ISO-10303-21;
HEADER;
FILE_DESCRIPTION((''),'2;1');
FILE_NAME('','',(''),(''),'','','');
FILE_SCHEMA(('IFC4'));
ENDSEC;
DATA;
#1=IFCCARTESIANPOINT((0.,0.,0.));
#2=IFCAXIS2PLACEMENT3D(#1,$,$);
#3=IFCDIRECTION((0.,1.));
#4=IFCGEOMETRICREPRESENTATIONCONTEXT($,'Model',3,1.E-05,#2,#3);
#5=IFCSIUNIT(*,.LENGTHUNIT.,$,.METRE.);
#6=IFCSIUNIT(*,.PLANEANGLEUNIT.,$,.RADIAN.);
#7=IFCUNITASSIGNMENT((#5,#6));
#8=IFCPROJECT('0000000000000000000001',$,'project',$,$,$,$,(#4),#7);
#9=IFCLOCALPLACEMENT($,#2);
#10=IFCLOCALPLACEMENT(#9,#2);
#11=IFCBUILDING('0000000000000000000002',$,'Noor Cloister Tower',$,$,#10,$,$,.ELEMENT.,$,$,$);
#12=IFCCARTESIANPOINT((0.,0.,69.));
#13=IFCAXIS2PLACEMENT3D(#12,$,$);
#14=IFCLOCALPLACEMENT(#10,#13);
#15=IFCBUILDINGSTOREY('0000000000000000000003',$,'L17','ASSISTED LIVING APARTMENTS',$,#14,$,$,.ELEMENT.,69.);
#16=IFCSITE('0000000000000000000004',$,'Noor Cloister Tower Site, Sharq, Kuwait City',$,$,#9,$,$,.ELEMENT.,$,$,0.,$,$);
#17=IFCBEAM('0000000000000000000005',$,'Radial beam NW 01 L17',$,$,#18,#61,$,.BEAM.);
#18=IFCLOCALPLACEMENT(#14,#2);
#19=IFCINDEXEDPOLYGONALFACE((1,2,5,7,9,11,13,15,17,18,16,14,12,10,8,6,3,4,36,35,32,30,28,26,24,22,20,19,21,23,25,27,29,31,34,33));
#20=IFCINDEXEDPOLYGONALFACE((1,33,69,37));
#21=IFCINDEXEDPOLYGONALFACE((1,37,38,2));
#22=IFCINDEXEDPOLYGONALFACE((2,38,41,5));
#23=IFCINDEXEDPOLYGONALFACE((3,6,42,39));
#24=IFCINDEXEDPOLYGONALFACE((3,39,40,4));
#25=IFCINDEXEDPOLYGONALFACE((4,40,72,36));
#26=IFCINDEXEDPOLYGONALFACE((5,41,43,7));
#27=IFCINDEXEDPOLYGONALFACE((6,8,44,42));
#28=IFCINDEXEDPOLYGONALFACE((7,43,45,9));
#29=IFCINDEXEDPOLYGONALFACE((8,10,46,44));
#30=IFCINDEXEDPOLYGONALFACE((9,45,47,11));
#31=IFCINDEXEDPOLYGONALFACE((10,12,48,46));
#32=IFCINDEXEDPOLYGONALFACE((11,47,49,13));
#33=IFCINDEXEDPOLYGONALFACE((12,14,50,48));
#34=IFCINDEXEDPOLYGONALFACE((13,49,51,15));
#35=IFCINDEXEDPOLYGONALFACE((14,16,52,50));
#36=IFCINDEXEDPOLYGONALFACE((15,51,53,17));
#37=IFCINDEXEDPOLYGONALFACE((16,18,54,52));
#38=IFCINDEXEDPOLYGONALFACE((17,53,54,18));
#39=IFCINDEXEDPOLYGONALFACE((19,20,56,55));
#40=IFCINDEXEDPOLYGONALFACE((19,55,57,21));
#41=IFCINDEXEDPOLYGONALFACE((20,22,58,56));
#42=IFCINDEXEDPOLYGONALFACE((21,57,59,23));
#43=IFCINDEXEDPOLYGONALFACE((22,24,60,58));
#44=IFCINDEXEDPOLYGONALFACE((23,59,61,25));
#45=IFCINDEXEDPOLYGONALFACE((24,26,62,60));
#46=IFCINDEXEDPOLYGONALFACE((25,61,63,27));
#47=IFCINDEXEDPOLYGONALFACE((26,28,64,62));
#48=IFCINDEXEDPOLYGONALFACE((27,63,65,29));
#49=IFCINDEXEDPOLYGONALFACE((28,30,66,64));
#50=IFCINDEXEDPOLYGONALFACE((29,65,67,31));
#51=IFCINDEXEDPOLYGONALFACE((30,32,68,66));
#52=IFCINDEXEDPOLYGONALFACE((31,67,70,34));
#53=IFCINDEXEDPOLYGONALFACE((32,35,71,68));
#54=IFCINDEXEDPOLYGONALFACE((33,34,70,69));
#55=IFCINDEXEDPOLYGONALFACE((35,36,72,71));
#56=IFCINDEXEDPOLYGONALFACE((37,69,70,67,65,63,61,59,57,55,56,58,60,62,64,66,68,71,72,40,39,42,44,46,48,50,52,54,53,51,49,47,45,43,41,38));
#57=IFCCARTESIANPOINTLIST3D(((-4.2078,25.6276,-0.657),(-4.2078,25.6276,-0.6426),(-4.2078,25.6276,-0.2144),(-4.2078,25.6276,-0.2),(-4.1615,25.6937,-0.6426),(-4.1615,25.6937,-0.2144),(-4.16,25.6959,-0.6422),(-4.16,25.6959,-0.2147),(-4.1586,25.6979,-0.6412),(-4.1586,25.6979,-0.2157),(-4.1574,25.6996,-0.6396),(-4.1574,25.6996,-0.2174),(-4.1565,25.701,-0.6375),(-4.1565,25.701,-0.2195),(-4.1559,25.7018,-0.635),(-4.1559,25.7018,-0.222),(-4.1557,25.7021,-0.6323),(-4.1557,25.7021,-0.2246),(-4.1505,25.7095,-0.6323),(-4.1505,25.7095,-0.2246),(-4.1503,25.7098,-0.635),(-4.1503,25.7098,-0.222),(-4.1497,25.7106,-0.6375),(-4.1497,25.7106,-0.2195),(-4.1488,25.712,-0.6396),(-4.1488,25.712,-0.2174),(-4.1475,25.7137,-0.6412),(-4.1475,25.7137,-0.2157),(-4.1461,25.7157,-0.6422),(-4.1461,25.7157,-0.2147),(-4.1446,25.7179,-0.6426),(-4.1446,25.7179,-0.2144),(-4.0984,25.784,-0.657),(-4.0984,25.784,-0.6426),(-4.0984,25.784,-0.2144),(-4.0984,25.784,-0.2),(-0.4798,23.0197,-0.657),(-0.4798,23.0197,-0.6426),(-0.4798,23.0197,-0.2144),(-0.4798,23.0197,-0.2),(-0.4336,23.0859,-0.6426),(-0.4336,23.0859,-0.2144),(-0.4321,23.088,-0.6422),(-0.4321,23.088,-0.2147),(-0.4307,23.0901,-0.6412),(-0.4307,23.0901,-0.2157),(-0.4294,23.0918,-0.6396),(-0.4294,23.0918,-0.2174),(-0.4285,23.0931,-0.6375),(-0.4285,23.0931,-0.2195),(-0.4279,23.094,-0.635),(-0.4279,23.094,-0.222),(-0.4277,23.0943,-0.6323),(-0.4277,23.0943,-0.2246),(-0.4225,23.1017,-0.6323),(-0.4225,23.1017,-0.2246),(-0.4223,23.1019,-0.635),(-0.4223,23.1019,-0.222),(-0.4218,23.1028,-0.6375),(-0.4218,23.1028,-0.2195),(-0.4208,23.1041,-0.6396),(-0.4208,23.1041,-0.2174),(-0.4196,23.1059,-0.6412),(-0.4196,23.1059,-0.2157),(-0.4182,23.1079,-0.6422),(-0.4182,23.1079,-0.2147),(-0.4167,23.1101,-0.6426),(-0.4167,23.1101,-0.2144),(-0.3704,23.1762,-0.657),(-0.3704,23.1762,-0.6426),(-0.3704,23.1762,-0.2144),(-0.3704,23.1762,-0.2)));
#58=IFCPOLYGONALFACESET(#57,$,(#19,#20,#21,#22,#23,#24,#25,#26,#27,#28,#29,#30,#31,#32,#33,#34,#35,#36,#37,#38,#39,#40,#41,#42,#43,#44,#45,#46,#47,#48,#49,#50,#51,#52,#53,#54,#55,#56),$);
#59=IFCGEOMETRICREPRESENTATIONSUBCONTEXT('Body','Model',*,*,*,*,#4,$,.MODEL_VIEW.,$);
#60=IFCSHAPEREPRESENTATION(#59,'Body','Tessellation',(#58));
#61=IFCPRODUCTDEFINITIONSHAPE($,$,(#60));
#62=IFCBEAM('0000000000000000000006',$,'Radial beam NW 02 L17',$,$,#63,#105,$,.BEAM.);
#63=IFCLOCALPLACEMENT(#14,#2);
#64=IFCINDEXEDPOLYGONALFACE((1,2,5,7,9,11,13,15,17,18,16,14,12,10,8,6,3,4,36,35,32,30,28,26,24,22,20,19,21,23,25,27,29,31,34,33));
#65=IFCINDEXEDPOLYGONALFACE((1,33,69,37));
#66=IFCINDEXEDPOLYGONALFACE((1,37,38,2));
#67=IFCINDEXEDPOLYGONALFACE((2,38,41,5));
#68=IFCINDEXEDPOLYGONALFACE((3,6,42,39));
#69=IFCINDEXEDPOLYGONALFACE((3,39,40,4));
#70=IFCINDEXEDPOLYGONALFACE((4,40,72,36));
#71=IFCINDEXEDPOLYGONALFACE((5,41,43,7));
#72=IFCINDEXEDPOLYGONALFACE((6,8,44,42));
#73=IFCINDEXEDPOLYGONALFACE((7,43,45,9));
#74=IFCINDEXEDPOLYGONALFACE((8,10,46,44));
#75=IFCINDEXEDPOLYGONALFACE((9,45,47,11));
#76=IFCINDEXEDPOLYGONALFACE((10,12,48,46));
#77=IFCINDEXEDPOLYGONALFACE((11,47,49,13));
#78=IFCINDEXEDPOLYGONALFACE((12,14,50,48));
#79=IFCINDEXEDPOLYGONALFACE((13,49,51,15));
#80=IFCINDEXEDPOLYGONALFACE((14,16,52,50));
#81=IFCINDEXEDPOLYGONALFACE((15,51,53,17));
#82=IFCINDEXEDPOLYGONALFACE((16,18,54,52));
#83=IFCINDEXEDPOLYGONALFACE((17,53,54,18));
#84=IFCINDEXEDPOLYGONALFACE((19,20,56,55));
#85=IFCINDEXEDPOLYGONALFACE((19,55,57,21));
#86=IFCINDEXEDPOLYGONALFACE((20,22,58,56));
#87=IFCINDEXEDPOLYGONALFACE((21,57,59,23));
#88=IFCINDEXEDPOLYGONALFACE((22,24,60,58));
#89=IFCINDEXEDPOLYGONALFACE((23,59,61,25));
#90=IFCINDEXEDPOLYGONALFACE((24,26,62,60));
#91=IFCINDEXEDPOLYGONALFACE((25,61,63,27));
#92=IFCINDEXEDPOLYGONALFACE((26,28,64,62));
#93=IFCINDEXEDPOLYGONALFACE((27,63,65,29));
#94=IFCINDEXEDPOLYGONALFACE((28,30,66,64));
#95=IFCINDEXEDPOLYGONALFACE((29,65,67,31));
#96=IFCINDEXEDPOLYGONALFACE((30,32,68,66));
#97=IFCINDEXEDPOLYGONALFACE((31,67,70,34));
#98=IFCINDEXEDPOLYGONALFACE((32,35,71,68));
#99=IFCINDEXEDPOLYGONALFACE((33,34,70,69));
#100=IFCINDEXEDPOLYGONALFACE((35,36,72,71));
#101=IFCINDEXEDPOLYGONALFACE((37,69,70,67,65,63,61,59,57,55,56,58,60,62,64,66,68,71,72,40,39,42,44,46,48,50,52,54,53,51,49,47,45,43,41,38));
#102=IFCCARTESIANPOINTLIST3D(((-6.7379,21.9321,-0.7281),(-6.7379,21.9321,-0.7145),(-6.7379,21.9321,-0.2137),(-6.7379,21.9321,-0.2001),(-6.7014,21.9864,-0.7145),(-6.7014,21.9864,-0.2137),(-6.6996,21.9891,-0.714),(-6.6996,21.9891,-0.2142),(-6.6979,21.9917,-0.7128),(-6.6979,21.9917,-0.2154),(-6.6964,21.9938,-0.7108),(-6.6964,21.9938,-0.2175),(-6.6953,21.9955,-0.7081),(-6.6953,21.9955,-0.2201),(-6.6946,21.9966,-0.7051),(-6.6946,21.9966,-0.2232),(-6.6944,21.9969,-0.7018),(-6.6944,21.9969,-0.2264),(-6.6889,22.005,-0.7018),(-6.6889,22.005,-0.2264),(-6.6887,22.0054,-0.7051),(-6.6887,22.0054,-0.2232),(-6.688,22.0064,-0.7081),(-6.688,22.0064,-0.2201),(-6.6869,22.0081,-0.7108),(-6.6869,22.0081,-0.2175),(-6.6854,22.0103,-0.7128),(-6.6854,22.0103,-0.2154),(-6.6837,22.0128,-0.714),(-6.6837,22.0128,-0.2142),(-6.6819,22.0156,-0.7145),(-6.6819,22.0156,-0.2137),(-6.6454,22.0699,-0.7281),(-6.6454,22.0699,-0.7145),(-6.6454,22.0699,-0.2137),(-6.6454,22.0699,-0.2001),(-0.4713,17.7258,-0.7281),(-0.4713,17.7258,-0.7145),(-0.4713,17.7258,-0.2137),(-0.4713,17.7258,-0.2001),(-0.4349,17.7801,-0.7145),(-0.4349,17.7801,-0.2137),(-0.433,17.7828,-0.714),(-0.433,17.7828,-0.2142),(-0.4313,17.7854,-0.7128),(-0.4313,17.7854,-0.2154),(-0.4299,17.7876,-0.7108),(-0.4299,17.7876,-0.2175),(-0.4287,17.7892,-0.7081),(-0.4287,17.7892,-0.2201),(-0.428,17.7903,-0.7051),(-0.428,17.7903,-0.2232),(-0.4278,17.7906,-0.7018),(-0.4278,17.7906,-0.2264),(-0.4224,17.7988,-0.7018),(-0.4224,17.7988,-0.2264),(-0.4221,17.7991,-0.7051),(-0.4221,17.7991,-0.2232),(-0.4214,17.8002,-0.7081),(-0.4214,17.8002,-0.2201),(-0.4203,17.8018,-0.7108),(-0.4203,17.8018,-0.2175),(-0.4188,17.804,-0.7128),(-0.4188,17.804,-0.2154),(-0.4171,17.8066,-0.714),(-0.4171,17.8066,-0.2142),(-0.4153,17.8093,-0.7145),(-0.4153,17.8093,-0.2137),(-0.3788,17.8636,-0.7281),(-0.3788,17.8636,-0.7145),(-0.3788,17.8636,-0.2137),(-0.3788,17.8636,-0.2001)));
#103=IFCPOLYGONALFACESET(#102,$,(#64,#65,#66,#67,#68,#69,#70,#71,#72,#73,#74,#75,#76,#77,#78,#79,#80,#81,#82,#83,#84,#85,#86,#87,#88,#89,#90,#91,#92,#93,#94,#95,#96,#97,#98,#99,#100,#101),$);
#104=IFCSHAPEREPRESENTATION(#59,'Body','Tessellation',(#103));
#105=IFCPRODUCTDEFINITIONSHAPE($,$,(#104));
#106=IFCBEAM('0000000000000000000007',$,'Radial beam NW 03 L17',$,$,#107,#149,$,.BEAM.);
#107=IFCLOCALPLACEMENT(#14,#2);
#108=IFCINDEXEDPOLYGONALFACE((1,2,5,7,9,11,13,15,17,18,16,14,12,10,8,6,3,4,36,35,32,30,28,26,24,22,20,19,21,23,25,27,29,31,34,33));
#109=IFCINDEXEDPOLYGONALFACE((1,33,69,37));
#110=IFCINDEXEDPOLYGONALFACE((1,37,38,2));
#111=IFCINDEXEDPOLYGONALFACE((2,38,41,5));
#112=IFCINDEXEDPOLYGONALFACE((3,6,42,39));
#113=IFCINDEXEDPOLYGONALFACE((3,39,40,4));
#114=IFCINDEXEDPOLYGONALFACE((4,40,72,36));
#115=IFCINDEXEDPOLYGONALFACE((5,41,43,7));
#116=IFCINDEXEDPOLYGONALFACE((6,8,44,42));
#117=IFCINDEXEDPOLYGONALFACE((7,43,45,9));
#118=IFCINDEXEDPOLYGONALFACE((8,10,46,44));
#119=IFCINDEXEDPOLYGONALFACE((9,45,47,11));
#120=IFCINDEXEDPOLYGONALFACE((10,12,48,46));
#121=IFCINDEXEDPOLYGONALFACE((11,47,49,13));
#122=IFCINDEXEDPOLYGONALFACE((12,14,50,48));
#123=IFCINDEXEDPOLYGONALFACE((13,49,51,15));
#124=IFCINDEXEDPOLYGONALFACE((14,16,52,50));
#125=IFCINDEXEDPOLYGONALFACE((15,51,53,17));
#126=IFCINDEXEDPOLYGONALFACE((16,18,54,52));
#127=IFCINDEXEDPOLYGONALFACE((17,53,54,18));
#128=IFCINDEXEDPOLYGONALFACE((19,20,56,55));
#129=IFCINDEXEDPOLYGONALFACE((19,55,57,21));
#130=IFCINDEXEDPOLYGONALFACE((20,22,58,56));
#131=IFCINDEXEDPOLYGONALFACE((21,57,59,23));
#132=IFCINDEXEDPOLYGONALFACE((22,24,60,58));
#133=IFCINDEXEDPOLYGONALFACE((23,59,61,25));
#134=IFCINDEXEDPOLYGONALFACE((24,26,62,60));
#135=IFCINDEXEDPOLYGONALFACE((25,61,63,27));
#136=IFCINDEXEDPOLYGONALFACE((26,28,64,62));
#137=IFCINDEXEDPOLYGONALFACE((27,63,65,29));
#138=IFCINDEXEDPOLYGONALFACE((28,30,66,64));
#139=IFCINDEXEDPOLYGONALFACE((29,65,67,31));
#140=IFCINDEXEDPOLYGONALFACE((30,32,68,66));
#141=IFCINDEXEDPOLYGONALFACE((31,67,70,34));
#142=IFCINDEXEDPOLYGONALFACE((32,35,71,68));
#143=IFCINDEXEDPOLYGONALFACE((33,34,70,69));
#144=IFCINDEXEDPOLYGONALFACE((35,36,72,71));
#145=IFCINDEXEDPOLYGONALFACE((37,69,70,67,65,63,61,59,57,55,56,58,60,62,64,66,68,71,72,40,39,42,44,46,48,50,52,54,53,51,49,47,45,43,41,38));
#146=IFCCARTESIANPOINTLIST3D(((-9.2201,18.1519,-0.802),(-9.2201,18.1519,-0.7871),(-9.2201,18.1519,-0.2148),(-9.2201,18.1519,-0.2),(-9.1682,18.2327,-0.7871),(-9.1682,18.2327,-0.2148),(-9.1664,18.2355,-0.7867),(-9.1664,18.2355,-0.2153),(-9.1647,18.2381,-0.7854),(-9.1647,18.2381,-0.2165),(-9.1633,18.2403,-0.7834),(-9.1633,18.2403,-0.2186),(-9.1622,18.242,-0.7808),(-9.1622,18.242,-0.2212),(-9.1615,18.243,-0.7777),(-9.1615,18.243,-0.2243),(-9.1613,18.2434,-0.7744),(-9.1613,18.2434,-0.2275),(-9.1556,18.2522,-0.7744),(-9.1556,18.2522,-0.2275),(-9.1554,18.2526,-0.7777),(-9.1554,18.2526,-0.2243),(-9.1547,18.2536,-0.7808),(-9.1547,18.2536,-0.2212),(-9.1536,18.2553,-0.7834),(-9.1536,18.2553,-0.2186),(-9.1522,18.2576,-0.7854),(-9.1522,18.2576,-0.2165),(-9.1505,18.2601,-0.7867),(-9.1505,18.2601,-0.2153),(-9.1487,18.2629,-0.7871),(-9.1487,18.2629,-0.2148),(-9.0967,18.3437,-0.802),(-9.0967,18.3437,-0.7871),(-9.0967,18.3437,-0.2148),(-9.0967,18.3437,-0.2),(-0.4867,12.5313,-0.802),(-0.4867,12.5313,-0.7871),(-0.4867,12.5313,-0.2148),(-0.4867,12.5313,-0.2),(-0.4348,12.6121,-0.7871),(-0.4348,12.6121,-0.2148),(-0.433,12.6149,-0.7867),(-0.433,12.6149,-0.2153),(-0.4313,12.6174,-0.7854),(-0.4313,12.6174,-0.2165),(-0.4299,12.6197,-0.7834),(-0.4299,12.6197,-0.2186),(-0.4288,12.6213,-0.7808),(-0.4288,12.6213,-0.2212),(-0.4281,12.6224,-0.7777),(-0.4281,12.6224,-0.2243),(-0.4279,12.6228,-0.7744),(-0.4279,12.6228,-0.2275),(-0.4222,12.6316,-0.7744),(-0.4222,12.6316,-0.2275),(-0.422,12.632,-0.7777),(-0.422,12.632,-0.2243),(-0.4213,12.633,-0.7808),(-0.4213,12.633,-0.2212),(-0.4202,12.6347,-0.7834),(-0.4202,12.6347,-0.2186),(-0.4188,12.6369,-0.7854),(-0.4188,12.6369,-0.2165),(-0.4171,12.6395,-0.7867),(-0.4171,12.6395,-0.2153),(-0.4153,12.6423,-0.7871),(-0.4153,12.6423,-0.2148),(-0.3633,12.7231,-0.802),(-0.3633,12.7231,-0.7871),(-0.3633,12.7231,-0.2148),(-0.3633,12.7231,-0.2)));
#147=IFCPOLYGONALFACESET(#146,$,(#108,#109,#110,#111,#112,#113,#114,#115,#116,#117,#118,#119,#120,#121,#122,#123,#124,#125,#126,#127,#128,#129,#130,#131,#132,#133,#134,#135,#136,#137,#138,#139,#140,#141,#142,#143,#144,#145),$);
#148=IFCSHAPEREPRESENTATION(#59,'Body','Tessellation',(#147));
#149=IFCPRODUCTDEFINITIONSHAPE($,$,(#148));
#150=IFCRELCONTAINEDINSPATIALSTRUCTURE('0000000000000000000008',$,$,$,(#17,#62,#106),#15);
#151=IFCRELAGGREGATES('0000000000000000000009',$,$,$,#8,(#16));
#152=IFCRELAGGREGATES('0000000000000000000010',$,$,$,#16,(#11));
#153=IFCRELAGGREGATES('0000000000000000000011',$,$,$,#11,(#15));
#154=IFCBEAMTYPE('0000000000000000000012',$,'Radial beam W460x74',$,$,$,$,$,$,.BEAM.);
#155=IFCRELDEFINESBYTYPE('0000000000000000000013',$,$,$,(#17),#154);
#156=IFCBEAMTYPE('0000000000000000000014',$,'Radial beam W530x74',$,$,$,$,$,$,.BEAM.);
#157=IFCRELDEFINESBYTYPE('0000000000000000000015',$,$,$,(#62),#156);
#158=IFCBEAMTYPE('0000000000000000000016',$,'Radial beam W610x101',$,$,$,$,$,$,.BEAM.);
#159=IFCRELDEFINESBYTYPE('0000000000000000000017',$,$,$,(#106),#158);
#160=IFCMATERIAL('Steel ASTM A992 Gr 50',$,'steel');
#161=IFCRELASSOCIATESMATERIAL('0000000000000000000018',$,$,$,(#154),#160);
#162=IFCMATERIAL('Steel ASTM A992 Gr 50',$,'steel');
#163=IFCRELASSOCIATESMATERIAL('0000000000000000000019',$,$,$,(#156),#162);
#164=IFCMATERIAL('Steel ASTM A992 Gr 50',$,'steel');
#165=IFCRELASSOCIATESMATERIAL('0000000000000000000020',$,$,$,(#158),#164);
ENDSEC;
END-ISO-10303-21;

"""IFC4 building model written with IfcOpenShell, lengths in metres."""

from ifc_helpers import new_model, si_unit, direction, frame, origin, origin_2d, place, context, subcontext, project, spatial, i_section, extrude, material, material_profile, profile_set, type_object, element, save


model = new_model("IFC4")

# Units and contexts
model_context = context("Model", 3, precision=1e-05, world=origin(), true_north=direction((0.0, 1.0)))
body_context = subcontext(model_context, "Body", "Model", "MODEL_VIEW")
ifc_project = project(units=[si_unit("LENGTHUNIT", "METRE"), si_unit("PLANEANGLEUNIT", "RADIAN")], contexts=[model_context])

# Site, building, storey
site_placement = place(None, origin())
site = spatial("IfcSite", under=ifc_project, at=site_placement, Name="Noor Cloister Tower Site, Sharq, Kuwait City", CompositionType="ELEMENT", RefElevation=0.0)
building_placement = place(site_placement, origin())
building = spatial("IfcBuilding", under=site, at=building_placement, Name="Noor Cloister Tower", CompositionType="ELEMENT")
storey_placement = place(building_placement, frame((0.0, 0.0, 69.0)))
storey = spatial("IfcBuildingStorey", under=building, at=storey_placement, Name="L17", Description="ASSISTED LIVING APARTMENTS", CompositionType="ELEMENT", Elevation=69.0)

# Beams
ifc_material_1 = material(Name="Steel ASTM A992 Gr 50", Category="steel")
ifc_material_profile_1 = material_profile(ifc_material_1, i_section(OverallWidth=0.1909, OverallDepth=0.457, WebThickness=0.009, FlangeThickness=0.0144, FilletRadius=0.0103, at=origin_2d()), Name="W460x74")
ifc_profile_set_1 = profile_set([ifc_material_profile_1], Name="Steel ASTM A992 Gr 50")
beam_type_1 = type_object("IfcBeamType", Name="Radial beam W460x74", PredefinedType="BEAM", material=ifc_profile_set_1)
beam_1_placement = place(storey_placement, frame((-4.1531, 25.7058, -0.4285), z_axis=(0.819408, -0.57321, 0.0), x_axis=(0.57321, 0.819408, 0.0)))
element("IfcBeam", 1, at=beam_1_placement, inside=storey, type_object=beam_type_1, Name="Radial beam NW 01 L17", PredefinedType="BEAM", context=body_context, shape_type="SweptSolid", body=[
    extrude(i_section(OverallWidth=0.1909, OverallDepth=0.457, WebThickness=0.009, FlangeThickness=0.0144, FilletRadius=0.0103, at=origin_2d()), origin(), (0.0, 0.0, 1.0), 4.5496),
])
ifc_material_2 = material(Name="Steel ASTM A992 Gr 50", Category="steel")
ifc_material_profile_2 = material_profile(ifc_material_2, i_section(OverallWidth=0.166, OverallDepth=0.5281, WebThickness=0.0098, FlangeThickness=0.0137, FilletRadius=0.0127, at=origin_2d()), Name="W530x74")
ifc_profile_set_2 = profile_set([ifc_material_profile_2], Name="Steel ASTM A992 Gr 50")
beam_type_2 = type_object("IfcBeamType", Name="Radial beam W530x74", PredefinedType="BEAM", material=ifc_profile_set_2)
beam_2_placement = place(storey_placement, frame((-6.6917, 22.001, -0.4641), z_axis=(0.830299, -0.557318, 0.0), x_axis=(0.557318, 0.830299, 0.0)))
element("IfcBeam", 2, at=beam_2_placement, inside=storey, type_object=beam_type_2, Name="Radial beam NW 02 L17", PredefinedType="BEAM", context=body_context, shape_type="SweptSolid", body=[
    extrude(i_section(OverallWidth=0.166, OverallDepth=0.5281, WebThickness=0.0098, FlangeThickness=0.0137, FilletRadius=0.0127, at=origin_2d()), origin(), (0.0, 0.0, 1.0), 7.5474),
])
ifc_material_3 = material(Name="Steel ASTM A992 Gr 50", Category="steel")
ifc_material_profile_3 = material_profile(ifc_material_3, i_section(OverallWidth=0.228, OverallDepth=0.6021, WebThickness=0.0105, FlangeThickness=0.0149, FilletRadius=0.0127, at=origin_2d()), Name="W610x101")
ifc_profile_set_3 = profile_set([ifc_material_profile_3], Name="Steel ASTM A992 Gr 50")
beam_type_3 = type_object("IfcBeamType", Name="Radial beam W610x101", PredefinedType="BEAM", material=ifc_profile_set_3)
beam_3_placement = place(storey_placement, frame((-9.1584, 18.2478, -0.501), z_axis=(0.840903, -0.541185, 0.0), x_axis=(0.541185, 0.840903, 0.0)))
element("IfcBeam", 3, at=beam_3_placement, inside=storey, type_object=beam_type_3, Name="Radial beam NW 03 L17", PredefinedType="BEAM", context=body_context, shape_type="SweptSolid", body=[
    extrude(i_section(OverallWidth=0.228, OverallDepth=0.6021, WebThickness=0.0105, FlangeThickness=0.0149, FilletRadius=0.0127, at=origin_2d()), origin(), (0.0, 0.0, 1.0), 10.3857),
])

save(model, "model.ifc")
